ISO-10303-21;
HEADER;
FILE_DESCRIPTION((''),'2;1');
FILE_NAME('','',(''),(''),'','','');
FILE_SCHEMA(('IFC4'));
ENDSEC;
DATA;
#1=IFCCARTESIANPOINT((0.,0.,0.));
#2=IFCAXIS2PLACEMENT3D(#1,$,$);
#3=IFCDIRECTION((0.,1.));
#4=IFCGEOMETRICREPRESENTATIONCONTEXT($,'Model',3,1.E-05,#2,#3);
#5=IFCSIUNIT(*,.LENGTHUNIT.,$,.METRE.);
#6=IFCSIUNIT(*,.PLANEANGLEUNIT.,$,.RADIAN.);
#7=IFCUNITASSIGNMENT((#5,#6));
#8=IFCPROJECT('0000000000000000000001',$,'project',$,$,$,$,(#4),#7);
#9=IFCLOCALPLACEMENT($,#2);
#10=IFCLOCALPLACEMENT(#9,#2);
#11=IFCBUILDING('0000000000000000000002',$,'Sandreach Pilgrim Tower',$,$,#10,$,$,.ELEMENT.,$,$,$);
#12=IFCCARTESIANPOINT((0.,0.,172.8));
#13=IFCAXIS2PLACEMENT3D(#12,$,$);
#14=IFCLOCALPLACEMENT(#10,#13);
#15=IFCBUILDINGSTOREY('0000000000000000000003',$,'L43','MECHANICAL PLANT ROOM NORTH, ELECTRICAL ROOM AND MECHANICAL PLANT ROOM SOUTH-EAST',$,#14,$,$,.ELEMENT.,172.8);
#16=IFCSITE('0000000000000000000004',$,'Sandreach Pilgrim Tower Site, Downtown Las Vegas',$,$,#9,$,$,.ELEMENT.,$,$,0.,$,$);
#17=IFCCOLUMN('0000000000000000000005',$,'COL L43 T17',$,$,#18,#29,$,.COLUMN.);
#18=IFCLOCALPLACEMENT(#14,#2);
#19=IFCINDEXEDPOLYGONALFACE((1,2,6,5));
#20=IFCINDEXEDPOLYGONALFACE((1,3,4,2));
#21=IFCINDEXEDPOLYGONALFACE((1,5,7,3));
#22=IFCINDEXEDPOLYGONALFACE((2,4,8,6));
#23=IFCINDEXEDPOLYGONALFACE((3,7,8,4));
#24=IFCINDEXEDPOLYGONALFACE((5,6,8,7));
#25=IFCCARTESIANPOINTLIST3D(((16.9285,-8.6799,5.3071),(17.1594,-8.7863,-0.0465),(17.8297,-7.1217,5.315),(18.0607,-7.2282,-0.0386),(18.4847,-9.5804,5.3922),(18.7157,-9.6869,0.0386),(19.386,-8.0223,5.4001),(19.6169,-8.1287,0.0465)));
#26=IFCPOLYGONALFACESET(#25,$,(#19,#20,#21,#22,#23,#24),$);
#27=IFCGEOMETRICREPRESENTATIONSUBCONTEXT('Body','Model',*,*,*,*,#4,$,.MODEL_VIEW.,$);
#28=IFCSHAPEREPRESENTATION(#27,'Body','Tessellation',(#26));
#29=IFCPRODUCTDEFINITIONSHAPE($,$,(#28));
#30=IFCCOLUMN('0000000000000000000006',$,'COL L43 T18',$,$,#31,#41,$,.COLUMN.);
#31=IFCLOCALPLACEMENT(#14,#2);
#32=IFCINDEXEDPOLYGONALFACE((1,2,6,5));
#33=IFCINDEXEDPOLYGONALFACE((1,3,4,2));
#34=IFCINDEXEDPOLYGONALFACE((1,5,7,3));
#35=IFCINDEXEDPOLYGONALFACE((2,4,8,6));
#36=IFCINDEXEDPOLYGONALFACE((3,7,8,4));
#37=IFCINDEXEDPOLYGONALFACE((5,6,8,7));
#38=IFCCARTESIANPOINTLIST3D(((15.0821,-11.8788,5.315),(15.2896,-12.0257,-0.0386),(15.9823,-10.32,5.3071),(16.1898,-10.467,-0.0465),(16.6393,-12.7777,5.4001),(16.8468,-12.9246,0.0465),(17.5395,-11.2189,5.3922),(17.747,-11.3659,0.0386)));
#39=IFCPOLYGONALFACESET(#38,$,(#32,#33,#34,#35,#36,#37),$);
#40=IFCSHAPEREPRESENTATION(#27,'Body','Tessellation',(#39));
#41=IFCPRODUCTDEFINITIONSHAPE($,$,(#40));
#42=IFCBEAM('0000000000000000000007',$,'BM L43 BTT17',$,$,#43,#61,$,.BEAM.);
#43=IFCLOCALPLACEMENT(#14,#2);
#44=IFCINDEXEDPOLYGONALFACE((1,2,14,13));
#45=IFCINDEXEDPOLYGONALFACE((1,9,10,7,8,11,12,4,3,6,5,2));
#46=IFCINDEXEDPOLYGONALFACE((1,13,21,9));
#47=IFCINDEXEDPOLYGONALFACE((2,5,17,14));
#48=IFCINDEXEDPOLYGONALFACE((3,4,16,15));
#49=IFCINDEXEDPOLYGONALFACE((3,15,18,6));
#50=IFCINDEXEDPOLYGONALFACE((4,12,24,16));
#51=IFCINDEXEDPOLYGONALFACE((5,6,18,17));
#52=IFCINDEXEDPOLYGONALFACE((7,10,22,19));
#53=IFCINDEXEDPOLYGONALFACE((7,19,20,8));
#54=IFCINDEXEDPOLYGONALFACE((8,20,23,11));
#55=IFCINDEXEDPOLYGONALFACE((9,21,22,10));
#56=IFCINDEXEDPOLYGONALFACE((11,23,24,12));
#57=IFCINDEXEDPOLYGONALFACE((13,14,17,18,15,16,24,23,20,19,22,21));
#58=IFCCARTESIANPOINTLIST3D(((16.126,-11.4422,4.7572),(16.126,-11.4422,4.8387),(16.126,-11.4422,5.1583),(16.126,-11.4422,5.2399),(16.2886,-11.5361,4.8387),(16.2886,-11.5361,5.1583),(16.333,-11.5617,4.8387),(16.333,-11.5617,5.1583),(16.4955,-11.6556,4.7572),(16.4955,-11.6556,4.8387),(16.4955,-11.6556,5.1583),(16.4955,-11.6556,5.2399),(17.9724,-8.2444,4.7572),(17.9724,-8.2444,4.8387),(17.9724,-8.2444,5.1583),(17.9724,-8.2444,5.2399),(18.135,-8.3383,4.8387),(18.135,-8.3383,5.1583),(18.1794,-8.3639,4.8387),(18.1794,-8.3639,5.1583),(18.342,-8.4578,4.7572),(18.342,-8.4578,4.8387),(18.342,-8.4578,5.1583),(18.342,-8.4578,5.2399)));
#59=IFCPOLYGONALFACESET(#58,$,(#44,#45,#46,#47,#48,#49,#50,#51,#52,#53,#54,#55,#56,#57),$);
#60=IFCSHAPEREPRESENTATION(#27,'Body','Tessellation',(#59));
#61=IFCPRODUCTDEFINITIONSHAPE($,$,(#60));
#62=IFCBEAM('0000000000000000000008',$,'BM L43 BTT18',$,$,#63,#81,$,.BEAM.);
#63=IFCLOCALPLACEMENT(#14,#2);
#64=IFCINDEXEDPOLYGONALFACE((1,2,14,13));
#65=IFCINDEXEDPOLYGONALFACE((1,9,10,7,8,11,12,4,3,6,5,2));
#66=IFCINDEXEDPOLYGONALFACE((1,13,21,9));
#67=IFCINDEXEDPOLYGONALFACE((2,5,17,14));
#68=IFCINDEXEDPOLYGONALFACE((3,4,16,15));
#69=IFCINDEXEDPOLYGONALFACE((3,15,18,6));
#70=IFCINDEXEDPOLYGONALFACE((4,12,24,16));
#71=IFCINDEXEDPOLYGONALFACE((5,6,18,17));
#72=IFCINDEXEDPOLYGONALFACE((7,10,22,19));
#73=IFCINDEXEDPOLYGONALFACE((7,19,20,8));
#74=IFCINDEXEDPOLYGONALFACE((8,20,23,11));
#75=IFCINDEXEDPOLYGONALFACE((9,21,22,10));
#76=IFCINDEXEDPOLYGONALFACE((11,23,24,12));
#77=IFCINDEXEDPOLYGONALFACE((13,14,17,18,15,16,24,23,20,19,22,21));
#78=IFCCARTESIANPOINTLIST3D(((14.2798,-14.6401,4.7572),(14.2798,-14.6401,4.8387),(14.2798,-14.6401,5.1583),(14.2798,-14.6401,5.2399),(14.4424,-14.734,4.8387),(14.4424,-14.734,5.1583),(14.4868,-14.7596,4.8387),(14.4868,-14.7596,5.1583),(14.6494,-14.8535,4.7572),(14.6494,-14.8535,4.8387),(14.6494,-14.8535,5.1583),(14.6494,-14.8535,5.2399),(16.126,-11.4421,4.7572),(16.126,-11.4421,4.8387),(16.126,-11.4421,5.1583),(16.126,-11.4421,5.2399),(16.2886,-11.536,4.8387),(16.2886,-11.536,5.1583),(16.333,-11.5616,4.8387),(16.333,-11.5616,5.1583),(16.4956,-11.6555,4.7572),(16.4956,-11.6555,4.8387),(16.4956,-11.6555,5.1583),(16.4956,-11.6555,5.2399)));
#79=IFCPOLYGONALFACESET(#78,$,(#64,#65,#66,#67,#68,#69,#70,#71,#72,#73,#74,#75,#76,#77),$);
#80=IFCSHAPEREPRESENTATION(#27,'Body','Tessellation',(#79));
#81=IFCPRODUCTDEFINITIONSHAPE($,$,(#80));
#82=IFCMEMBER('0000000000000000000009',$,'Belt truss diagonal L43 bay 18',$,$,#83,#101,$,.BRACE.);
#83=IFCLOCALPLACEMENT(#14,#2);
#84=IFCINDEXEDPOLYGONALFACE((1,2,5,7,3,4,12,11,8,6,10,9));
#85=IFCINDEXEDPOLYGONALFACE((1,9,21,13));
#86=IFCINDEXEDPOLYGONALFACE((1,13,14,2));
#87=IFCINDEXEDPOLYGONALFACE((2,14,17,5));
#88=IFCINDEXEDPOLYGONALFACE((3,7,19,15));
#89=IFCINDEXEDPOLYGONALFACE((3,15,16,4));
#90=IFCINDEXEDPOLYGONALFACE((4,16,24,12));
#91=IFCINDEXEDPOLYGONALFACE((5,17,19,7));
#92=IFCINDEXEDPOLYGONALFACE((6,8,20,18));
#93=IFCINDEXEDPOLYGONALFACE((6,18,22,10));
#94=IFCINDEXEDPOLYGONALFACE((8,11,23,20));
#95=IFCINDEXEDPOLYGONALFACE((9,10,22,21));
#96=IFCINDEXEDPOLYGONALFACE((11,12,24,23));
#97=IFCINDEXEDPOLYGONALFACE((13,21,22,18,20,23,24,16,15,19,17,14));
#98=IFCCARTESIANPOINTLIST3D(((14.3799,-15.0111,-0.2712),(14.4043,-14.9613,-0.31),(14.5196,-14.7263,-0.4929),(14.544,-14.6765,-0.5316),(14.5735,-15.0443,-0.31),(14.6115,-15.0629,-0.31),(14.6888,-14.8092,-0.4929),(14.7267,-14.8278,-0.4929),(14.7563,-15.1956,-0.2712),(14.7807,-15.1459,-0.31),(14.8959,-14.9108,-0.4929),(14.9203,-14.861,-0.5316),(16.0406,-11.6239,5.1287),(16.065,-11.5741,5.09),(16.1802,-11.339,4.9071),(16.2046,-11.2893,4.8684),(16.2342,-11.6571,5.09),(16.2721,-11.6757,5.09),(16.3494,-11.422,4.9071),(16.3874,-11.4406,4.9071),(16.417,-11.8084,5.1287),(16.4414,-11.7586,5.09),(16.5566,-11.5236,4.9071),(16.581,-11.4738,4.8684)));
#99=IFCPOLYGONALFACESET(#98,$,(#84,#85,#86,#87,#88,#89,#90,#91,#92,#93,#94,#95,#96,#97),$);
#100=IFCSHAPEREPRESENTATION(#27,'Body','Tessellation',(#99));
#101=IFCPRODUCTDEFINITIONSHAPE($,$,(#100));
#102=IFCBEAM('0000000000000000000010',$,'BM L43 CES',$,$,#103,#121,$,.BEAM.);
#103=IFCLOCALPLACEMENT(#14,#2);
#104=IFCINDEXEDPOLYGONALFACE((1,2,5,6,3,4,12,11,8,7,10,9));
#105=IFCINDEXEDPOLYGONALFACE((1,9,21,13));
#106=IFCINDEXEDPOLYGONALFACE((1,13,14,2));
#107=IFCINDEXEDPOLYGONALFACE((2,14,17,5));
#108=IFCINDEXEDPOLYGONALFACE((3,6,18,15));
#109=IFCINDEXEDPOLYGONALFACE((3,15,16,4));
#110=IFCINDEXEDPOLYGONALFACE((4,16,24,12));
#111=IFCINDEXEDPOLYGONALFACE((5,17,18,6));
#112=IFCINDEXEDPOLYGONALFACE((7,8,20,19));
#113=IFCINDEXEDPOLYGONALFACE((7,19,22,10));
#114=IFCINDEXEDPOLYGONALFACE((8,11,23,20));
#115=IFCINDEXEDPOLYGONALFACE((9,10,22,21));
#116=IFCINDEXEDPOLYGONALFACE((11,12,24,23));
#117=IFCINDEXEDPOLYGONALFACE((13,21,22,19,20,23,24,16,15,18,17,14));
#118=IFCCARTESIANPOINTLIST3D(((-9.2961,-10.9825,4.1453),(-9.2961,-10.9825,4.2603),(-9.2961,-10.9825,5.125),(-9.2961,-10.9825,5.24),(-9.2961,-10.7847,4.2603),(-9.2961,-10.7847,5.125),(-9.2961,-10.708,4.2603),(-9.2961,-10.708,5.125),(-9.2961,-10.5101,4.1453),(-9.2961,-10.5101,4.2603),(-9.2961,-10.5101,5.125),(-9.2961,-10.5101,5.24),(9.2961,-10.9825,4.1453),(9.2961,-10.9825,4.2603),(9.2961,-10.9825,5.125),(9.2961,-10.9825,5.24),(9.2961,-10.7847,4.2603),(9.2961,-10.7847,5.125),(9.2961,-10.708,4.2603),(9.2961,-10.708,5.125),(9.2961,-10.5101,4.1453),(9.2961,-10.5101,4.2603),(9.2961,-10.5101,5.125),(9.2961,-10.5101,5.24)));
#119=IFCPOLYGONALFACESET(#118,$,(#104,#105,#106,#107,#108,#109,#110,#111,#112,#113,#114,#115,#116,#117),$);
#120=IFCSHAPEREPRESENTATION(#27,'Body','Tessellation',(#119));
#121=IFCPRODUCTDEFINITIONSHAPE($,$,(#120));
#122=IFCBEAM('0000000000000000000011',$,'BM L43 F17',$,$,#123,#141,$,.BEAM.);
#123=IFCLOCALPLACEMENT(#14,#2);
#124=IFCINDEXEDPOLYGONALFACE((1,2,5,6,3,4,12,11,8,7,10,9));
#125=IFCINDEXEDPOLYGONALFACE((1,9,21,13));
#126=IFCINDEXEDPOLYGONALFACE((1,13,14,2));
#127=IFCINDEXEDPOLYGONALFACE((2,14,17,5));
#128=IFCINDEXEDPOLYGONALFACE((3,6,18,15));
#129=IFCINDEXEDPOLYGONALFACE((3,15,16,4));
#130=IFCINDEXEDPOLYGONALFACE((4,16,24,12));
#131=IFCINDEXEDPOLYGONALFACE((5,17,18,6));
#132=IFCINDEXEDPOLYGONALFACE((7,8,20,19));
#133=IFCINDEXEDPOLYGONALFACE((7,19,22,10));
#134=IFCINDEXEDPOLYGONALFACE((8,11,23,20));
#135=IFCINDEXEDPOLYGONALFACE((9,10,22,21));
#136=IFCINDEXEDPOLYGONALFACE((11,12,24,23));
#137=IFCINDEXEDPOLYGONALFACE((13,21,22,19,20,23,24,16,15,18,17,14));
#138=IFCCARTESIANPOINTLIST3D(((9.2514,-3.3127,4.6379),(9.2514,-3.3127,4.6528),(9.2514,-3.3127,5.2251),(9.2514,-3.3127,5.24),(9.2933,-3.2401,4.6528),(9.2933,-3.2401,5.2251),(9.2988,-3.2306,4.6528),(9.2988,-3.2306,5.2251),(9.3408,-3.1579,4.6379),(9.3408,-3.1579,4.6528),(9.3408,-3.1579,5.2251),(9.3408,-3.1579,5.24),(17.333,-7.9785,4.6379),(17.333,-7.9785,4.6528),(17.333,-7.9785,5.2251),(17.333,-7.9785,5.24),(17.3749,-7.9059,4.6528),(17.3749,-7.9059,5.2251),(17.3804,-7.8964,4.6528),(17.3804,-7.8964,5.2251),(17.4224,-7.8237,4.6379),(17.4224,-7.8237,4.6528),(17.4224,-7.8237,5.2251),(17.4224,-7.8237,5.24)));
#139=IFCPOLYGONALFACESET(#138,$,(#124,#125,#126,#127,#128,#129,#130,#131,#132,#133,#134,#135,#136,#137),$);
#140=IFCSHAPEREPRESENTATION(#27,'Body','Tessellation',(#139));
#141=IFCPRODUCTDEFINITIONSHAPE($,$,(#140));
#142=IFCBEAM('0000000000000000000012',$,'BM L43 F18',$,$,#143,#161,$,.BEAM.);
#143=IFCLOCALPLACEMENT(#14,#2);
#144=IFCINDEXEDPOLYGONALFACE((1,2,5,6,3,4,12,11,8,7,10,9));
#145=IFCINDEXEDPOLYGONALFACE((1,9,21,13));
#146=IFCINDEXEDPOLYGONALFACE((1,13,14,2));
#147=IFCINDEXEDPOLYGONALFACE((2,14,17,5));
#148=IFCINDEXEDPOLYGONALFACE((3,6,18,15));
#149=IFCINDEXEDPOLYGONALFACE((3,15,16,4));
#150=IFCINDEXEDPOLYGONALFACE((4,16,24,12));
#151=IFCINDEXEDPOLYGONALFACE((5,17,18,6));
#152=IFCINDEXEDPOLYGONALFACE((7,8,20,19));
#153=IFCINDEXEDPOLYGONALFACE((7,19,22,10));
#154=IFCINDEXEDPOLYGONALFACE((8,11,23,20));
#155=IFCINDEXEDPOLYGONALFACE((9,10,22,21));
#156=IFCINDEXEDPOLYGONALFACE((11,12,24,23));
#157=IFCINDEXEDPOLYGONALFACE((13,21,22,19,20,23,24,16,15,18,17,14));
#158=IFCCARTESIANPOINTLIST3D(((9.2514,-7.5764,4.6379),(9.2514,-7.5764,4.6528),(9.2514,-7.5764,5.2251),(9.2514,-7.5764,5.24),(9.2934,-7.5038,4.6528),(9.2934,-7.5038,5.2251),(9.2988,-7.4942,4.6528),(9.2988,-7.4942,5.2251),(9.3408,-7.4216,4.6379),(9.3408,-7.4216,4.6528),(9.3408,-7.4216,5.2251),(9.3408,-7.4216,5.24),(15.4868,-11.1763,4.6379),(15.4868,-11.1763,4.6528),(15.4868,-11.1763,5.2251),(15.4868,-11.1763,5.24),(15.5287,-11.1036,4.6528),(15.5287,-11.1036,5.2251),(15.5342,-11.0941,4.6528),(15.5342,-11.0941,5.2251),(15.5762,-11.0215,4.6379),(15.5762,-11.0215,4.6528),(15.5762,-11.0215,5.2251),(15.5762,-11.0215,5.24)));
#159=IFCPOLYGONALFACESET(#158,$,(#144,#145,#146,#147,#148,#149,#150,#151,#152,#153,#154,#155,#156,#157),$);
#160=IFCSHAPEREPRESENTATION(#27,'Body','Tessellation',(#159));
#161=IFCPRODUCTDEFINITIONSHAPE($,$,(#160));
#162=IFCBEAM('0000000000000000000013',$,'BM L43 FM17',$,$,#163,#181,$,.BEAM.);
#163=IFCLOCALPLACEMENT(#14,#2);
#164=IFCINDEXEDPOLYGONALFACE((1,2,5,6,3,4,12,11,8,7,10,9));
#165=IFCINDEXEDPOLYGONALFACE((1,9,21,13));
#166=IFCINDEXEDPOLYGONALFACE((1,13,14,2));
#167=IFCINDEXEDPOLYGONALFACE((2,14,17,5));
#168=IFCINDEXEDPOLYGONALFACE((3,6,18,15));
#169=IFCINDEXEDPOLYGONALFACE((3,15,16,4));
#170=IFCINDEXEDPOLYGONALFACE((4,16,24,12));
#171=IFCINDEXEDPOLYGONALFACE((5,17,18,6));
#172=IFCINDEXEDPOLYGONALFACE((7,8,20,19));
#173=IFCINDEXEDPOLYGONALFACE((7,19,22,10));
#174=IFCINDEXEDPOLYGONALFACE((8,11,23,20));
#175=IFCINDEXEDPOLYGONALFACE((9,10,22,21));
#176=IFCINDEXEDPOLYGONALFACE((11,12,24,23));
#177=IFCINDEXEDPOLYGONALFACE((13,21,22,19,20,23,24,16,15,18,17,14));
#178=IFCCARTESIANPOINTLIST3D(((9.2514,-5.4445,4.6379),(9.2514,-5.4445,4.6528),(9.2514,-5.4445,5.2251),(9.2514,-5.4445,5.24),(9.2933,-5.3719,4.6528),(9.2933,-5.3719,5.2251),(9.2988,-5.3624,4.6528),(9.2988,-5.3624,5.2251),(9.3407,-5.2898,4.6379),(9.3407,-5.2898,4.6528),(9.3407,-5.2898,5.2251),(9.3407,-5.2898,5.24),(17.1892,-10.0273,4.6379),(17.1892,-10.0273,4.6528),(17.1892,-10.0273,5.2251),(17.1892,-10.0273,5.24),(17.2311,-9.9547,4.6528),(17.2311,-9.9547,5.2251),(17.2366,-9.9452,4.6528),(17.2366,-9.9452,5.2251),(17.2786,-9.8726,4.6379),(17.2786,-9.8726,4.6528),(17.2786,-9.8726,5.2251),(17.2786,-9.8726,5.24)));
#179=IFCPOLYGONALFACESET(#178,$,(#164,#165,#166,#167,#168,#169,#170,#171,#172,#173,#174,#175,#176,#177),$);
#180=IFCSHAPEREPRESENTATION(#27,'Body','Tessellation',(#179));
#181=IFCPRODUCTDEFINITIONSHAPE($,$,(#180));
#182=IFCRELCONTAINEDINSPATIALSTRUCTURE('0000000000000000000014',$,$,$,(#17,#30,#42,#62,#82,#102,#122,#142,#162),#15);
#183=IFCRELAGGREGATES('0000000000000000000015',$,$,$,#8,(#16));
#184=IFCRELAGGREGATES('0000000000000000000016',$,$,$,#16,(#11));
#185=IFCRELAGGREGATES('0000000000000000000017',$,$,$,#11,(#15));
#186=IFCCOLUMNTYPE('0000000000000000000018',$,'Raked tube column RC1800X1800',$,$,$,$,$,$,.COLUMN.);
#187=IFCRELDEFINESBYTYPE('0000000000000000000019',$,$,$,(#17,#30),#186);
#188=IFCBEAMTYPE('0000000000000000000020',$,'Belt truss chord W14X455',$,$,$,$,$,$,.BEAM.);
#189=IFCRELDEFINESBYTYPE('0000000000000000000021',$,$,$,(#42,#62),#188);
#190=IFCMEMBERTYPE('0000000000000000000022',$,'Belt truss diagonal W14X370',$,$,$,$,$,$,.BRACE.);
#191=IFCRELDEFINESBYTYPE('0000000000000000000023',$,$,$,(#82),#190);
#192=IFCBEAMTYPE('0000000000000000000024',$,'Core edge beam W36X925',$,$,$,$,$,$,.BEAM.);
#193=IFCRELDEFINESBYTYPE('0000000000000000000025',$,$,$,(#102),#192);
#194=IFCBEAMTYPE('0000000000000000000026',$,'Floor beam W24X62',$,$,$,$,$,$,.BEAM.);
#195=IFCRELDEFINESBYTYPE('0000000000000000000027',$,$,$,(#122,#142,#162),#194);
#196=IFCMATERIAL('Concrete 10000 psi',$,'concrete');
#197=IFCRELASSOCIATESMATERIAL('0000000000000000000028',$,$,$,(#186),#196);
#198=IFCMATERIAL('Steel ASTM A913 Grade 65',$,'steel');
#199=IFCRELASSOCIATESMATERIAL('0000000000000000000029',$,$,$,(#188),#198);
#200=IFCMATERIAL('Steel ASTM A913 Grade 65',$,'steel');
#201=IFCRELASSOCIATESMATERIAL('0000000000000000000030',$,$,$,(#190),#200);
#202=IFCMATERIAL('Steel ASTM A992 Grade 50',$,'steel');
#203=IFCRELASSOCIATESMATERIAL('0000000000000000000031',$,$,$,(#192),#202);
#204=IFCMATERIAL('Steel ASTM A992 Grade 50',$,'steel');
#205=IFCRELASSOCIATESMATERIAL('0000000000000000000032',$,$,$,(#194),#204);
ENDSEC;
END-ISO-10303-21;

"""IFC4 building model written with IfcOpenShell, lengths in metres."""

from ifc_helpers import new_model, si_unit, direction, frame, origin, origin_2d, place, context, subcontext, project, spatial, rectangle, i_section, extrude, material, material_profile, profile_set, type_object, element, save


model = new_model("IFC4")

# Units and contexts
model_context = context("Model", 3, precision=1e-05, world=origin(), true_north=direction((0.0, 1.0)))
body_context = subcontext(model_context, "Body", "Model", "MODEL_VIEW")
ifc_project = project(units=[si_unit("LENGTHUNIT", "METRE"), si_unit("PLANEANGLEUNIT", "RADIAN")], contexts=[model_context])

# Site, building, storey
site_placement = place(None, origin())
site = spatial("IfcSite", under=ifc_project, at=site_placement, Name="Sandreach Pilgrim Tower Site, Downtown Las Vegas", CompositionType="ELEMENT", RefElevation=0.0)
building_placement = place(site_placement, origin())
building = spatial("IfcBuilding", under=site, at=building_placement, Name="Sandreach Pilgrim Tower", CompositionType="ELEMENT")
storey_placement = place(building_placement, frame((0.0, 0.0, 172.8)))
storey = spatial("IfcBuildingStorey", under=building, at=storey_placement, Name="L43", Description="MECHANICAL PLANT ROOM NORTH, ELECTRICAL ROOM AND MECHANICAL PLANT ROOM SOUTH-EAST", CompositionType="ELEMENT", Elevation=172.8)

# Columns
ifc_material_1 = material(Name="Concrete 10000 psi", Category="concrete")
ifc_material_profile_1 = material_profile(ifc_material_1, rectangle(XDim=1.8, YDim=1.8, at=origin_2d()), Name="RC1800X1800")
ifc_profile_set_1 = profile_set([ifc_material_profile_1], Name="Concrete 10000 psi")
column_type = type_object("IfcColumnType", Name="Raked tube column RC1800X1800", PredefinedType="COLUMN", material=ifc_profile_set_1)
for number, where, z_axis, x_axis, name in (
    (1, (18.3882, -8.4575, 0.0), (-0.043093, 0.019861, 0.998874), (0.864563, -0.500299, 0.047246), "COL L43 T17"),
    (2, (16.5183, -11.6958, 0.0), (-0.03872, 0.027423, 0.998874), (0.865101, -0.499368, 0.047243), "COL L43 T18"),
):
    element("IfcColumn", number, at=place(storey_placement, frame(where, z_axis=z_axis, x_axis=x_axis)), inside=storey, type_object=column_type, Name=name, PredefinedType="COLUMN", context=body_context, shape_type="SweptSolid", body=[
        extrude(rectangle(XDim=1.8, YDim=1.8, at=origin_2d()), origin(), (0.0, 0.0, 1.0), 5.3596),
    ])

# Beams
ifc_material_2 = material(Name="Steel ASTM A913 Grade 65", Category="steel")
ifc_material_profile_2 = material_profile(ifc_material_2, i_section(OverallWidth=0.4268, OverallDepth=0.4827, WebThickness=0.0513, FlangeThickness=0.0815, at=origin_2d()), Name="W14X455")
ifc_profile_set_2 = profile_set([ifc_material_profile_2], Name="Steel ASTM A913 Grade 65")
beam_type_1 = type_object("IfcBeamType", Name="Belt truss chord W14X455", PredefinedType="BEAM", material=ifc_profile_set_2)
for number, where, z_axis, x_axis, name in (
    (3, (18.1572, -8.3511, 4.9985), (-0.500043, -0.866001, 0.0), (0.866001, -0.500043, 0.0), "BM L43 BTT17"),
    (4, (16.3108, -11.5488, 4.9985), (-0.499965, -0.866046, 0.0), (0.866046, -0.499965, 0.0), "BM L43 BTT18"),
):
    element("IfcBeam", number, at=place(storey_placement, frame(where, z_axis=z_axis, x_axis=x_axis)), inside=storey, type_object=beam_type_1, Name=name, PredefinedType="BEAM", context=body_context, shape_type="SweptSolid", body=[
        extrude(i_section(OverallWidth=0.4268, OverallDepth=0.4827, WebThickness=0.0513, FlangeThickness=0.0815, at=origin_2d()), origin(), (0.0, 0.0, 1.0), 3.6926),
    ])

# Member
ifc_material_3 = material(Name="Steel ASTM A913 Grade 65", Category="steel")
ifc_material_profile_3 = material_profile(ifc_material_3, i_section(OverallWidth=0.4192, OverallDepth=0.4546, WebThickness=0.0422, FlangeThickness=0.0676, at=origin_2d()), Name="W14X370")
ifc_profile_set_3 = profile_set([ifc_material_profile_3], Name="Steel ASTM A913 Grade 65")
member_type = type_object("IfcMemberType", Name="Belt truss diagonal W14X370", PredefinedType="BRACE", material=ifc_profile_set_3)
member_placement = place(storey_placement, frame((16.3108, -11.5488, 4.9985), z_axis=(-0.252106, -0.514218, -0.81977), x_axis=(0.897895, -0.44021, 0.0)))
element("IfcMember", 5, at=member_placement, inside=storey, type_object=member_type, Name="Belt truss diagonal L43 bay 18", PredefinedType="BRACE", context=body_context, shape_type="SweptSolid", body=[
    extrude(i_section(OverallWidth=0.4192, OverallDepth=0.4546, WebThickness=0.0422, FlangeThickness=0.0676, at=origin_2d()), origin(), (0.0, 0.0, 1.0), 6.5872),
])

# Beams
ifc_material_4 = material(Name="Steel ASTM A992 Grade 50", Category="steel")
ifc_material_profile_4 = material_profile(ifc_material_4, i_section(OverallWidth=0.4724, OverallDepth=1.0947, WebThickness=0.0767, FlangeThickness=0.115, at=origin_2d()), Name="W36X925")
ifc_profile_set_4 = profile_set([ifc_material_profile_4], Name="Steel ASTM A992 Grade 50")
beam_type_2 = type_object("IfcBeamType", Name="Core edge beam W36X925", PredefinedType="BEAM", material=ifc_profile_set_4)
beam_1_placement = place(storey_placement, frame((9.2961, -10.7463, 4.6926), z_axis=(-1.0, 0.0, 0.0), x_axis=(0.0, -1.0, 0.0)))
element("IfcBeam", 6, at=beam_1_placement, inside=storey, type_object=beam_type_2, Name="BM L43 CES", PredefinedType="BEAM", context=body_context, shape_type="SweptSolid", body=[
    extrude(i_section(OverallWidth=0.4724, OverallDepth=1.0947, WebThickness=0.0767, FlangeThickness=0.115, at=origin_2d()), origin(), (0.0, 0.0, 1.0), 18.5923),
])
ifc_material_5 = material(Name="Steel ASTM A992 Grade 50", Category="steel")
ifc_material_profile_5 = material_profile(ifc_material_5, i_section(OverallWidth=0.1787, OverallDepth=0.6021, WebThickness=0.011, FlangeThickness=0.0149, at=origin_2d()), Name="W24X62")
ifc_profile_set_5 = profile_set([ifc_material_profile_5], Name="Steel ASTM A992 Grade 50")
beam_type_3 = type_object("IfcBeamType", Name="Floor beam W24X62", PredefinedType="BEAM", material=ifc_profile_set_5)
beam_2_placement = place(storey_placement, frame((17.3777, -7.9011, 4.939), z_axis=(-0.86603, 0.499991, 0.0), x_axis=(-0.499991, -0.86603, 0.0)))
element("IfcBeam", 7, at=beam_2_placement, inside=storey, type_object=beam_type_3, Name="BM L43 F17", PredefinedType="BEAM", context=body_context, shape_type="SweptSolid", body=[
    extrude(i_section(OverallWidth=0.1787, OverallDepth=0.6021, WebThickness=0.011, FlangeThickness=0.0149, at=origin_2d()), origin(), (0.0, 0.0, 1.0), 9.3318),
])
beam_3_placement = place(storey_placement, frame((15.5315, -11.0989, 4.939), z_axis=(-0.866033, 0.499987, 0.0), x_axis=(-0.499987, -0.866033, 0.0)))
element("IfcBeam", 8, at=beam_3_placement, inside=storey, type_object=beam_type_3, Name="BM L43 F18", PredefinedType="BEAM", context=body_context, shape_type="SweptSolid", body=[
    extrude(i_section(OverallWidth=0.1787, OverallDepth=0.6021, WebThickness=0.011, FlangeThickness=0.0149, at=origin_2d()), origin(), (0.0, 0.0, 1.0), 7.2),
])
beam_4_placement = place(storey_placement, frame((17.2339, -9.95, 4.939), z_axis=(-0.86603, 0.499992, 0.0), x_axis=(-0.499992, -0.86603, 0.0)))
element("IfcBeam", 9, at=beam_4_placement, inside=storey, type_object=beam_type_3, Name="BM L43 FM17", PredefinedType="BEAM", context=body_context, shape_type="SweptSolid", body=[
    extrude(i_section(OverallWidth=0.1787, OverallDepth=0.6021, WebThickness=0.011, FlangeThickness=0.0149, at=origin_2d()), origin(), (0.0, 0.0, 1.0), 9.1658),
])

save(model, "model.ifc")
